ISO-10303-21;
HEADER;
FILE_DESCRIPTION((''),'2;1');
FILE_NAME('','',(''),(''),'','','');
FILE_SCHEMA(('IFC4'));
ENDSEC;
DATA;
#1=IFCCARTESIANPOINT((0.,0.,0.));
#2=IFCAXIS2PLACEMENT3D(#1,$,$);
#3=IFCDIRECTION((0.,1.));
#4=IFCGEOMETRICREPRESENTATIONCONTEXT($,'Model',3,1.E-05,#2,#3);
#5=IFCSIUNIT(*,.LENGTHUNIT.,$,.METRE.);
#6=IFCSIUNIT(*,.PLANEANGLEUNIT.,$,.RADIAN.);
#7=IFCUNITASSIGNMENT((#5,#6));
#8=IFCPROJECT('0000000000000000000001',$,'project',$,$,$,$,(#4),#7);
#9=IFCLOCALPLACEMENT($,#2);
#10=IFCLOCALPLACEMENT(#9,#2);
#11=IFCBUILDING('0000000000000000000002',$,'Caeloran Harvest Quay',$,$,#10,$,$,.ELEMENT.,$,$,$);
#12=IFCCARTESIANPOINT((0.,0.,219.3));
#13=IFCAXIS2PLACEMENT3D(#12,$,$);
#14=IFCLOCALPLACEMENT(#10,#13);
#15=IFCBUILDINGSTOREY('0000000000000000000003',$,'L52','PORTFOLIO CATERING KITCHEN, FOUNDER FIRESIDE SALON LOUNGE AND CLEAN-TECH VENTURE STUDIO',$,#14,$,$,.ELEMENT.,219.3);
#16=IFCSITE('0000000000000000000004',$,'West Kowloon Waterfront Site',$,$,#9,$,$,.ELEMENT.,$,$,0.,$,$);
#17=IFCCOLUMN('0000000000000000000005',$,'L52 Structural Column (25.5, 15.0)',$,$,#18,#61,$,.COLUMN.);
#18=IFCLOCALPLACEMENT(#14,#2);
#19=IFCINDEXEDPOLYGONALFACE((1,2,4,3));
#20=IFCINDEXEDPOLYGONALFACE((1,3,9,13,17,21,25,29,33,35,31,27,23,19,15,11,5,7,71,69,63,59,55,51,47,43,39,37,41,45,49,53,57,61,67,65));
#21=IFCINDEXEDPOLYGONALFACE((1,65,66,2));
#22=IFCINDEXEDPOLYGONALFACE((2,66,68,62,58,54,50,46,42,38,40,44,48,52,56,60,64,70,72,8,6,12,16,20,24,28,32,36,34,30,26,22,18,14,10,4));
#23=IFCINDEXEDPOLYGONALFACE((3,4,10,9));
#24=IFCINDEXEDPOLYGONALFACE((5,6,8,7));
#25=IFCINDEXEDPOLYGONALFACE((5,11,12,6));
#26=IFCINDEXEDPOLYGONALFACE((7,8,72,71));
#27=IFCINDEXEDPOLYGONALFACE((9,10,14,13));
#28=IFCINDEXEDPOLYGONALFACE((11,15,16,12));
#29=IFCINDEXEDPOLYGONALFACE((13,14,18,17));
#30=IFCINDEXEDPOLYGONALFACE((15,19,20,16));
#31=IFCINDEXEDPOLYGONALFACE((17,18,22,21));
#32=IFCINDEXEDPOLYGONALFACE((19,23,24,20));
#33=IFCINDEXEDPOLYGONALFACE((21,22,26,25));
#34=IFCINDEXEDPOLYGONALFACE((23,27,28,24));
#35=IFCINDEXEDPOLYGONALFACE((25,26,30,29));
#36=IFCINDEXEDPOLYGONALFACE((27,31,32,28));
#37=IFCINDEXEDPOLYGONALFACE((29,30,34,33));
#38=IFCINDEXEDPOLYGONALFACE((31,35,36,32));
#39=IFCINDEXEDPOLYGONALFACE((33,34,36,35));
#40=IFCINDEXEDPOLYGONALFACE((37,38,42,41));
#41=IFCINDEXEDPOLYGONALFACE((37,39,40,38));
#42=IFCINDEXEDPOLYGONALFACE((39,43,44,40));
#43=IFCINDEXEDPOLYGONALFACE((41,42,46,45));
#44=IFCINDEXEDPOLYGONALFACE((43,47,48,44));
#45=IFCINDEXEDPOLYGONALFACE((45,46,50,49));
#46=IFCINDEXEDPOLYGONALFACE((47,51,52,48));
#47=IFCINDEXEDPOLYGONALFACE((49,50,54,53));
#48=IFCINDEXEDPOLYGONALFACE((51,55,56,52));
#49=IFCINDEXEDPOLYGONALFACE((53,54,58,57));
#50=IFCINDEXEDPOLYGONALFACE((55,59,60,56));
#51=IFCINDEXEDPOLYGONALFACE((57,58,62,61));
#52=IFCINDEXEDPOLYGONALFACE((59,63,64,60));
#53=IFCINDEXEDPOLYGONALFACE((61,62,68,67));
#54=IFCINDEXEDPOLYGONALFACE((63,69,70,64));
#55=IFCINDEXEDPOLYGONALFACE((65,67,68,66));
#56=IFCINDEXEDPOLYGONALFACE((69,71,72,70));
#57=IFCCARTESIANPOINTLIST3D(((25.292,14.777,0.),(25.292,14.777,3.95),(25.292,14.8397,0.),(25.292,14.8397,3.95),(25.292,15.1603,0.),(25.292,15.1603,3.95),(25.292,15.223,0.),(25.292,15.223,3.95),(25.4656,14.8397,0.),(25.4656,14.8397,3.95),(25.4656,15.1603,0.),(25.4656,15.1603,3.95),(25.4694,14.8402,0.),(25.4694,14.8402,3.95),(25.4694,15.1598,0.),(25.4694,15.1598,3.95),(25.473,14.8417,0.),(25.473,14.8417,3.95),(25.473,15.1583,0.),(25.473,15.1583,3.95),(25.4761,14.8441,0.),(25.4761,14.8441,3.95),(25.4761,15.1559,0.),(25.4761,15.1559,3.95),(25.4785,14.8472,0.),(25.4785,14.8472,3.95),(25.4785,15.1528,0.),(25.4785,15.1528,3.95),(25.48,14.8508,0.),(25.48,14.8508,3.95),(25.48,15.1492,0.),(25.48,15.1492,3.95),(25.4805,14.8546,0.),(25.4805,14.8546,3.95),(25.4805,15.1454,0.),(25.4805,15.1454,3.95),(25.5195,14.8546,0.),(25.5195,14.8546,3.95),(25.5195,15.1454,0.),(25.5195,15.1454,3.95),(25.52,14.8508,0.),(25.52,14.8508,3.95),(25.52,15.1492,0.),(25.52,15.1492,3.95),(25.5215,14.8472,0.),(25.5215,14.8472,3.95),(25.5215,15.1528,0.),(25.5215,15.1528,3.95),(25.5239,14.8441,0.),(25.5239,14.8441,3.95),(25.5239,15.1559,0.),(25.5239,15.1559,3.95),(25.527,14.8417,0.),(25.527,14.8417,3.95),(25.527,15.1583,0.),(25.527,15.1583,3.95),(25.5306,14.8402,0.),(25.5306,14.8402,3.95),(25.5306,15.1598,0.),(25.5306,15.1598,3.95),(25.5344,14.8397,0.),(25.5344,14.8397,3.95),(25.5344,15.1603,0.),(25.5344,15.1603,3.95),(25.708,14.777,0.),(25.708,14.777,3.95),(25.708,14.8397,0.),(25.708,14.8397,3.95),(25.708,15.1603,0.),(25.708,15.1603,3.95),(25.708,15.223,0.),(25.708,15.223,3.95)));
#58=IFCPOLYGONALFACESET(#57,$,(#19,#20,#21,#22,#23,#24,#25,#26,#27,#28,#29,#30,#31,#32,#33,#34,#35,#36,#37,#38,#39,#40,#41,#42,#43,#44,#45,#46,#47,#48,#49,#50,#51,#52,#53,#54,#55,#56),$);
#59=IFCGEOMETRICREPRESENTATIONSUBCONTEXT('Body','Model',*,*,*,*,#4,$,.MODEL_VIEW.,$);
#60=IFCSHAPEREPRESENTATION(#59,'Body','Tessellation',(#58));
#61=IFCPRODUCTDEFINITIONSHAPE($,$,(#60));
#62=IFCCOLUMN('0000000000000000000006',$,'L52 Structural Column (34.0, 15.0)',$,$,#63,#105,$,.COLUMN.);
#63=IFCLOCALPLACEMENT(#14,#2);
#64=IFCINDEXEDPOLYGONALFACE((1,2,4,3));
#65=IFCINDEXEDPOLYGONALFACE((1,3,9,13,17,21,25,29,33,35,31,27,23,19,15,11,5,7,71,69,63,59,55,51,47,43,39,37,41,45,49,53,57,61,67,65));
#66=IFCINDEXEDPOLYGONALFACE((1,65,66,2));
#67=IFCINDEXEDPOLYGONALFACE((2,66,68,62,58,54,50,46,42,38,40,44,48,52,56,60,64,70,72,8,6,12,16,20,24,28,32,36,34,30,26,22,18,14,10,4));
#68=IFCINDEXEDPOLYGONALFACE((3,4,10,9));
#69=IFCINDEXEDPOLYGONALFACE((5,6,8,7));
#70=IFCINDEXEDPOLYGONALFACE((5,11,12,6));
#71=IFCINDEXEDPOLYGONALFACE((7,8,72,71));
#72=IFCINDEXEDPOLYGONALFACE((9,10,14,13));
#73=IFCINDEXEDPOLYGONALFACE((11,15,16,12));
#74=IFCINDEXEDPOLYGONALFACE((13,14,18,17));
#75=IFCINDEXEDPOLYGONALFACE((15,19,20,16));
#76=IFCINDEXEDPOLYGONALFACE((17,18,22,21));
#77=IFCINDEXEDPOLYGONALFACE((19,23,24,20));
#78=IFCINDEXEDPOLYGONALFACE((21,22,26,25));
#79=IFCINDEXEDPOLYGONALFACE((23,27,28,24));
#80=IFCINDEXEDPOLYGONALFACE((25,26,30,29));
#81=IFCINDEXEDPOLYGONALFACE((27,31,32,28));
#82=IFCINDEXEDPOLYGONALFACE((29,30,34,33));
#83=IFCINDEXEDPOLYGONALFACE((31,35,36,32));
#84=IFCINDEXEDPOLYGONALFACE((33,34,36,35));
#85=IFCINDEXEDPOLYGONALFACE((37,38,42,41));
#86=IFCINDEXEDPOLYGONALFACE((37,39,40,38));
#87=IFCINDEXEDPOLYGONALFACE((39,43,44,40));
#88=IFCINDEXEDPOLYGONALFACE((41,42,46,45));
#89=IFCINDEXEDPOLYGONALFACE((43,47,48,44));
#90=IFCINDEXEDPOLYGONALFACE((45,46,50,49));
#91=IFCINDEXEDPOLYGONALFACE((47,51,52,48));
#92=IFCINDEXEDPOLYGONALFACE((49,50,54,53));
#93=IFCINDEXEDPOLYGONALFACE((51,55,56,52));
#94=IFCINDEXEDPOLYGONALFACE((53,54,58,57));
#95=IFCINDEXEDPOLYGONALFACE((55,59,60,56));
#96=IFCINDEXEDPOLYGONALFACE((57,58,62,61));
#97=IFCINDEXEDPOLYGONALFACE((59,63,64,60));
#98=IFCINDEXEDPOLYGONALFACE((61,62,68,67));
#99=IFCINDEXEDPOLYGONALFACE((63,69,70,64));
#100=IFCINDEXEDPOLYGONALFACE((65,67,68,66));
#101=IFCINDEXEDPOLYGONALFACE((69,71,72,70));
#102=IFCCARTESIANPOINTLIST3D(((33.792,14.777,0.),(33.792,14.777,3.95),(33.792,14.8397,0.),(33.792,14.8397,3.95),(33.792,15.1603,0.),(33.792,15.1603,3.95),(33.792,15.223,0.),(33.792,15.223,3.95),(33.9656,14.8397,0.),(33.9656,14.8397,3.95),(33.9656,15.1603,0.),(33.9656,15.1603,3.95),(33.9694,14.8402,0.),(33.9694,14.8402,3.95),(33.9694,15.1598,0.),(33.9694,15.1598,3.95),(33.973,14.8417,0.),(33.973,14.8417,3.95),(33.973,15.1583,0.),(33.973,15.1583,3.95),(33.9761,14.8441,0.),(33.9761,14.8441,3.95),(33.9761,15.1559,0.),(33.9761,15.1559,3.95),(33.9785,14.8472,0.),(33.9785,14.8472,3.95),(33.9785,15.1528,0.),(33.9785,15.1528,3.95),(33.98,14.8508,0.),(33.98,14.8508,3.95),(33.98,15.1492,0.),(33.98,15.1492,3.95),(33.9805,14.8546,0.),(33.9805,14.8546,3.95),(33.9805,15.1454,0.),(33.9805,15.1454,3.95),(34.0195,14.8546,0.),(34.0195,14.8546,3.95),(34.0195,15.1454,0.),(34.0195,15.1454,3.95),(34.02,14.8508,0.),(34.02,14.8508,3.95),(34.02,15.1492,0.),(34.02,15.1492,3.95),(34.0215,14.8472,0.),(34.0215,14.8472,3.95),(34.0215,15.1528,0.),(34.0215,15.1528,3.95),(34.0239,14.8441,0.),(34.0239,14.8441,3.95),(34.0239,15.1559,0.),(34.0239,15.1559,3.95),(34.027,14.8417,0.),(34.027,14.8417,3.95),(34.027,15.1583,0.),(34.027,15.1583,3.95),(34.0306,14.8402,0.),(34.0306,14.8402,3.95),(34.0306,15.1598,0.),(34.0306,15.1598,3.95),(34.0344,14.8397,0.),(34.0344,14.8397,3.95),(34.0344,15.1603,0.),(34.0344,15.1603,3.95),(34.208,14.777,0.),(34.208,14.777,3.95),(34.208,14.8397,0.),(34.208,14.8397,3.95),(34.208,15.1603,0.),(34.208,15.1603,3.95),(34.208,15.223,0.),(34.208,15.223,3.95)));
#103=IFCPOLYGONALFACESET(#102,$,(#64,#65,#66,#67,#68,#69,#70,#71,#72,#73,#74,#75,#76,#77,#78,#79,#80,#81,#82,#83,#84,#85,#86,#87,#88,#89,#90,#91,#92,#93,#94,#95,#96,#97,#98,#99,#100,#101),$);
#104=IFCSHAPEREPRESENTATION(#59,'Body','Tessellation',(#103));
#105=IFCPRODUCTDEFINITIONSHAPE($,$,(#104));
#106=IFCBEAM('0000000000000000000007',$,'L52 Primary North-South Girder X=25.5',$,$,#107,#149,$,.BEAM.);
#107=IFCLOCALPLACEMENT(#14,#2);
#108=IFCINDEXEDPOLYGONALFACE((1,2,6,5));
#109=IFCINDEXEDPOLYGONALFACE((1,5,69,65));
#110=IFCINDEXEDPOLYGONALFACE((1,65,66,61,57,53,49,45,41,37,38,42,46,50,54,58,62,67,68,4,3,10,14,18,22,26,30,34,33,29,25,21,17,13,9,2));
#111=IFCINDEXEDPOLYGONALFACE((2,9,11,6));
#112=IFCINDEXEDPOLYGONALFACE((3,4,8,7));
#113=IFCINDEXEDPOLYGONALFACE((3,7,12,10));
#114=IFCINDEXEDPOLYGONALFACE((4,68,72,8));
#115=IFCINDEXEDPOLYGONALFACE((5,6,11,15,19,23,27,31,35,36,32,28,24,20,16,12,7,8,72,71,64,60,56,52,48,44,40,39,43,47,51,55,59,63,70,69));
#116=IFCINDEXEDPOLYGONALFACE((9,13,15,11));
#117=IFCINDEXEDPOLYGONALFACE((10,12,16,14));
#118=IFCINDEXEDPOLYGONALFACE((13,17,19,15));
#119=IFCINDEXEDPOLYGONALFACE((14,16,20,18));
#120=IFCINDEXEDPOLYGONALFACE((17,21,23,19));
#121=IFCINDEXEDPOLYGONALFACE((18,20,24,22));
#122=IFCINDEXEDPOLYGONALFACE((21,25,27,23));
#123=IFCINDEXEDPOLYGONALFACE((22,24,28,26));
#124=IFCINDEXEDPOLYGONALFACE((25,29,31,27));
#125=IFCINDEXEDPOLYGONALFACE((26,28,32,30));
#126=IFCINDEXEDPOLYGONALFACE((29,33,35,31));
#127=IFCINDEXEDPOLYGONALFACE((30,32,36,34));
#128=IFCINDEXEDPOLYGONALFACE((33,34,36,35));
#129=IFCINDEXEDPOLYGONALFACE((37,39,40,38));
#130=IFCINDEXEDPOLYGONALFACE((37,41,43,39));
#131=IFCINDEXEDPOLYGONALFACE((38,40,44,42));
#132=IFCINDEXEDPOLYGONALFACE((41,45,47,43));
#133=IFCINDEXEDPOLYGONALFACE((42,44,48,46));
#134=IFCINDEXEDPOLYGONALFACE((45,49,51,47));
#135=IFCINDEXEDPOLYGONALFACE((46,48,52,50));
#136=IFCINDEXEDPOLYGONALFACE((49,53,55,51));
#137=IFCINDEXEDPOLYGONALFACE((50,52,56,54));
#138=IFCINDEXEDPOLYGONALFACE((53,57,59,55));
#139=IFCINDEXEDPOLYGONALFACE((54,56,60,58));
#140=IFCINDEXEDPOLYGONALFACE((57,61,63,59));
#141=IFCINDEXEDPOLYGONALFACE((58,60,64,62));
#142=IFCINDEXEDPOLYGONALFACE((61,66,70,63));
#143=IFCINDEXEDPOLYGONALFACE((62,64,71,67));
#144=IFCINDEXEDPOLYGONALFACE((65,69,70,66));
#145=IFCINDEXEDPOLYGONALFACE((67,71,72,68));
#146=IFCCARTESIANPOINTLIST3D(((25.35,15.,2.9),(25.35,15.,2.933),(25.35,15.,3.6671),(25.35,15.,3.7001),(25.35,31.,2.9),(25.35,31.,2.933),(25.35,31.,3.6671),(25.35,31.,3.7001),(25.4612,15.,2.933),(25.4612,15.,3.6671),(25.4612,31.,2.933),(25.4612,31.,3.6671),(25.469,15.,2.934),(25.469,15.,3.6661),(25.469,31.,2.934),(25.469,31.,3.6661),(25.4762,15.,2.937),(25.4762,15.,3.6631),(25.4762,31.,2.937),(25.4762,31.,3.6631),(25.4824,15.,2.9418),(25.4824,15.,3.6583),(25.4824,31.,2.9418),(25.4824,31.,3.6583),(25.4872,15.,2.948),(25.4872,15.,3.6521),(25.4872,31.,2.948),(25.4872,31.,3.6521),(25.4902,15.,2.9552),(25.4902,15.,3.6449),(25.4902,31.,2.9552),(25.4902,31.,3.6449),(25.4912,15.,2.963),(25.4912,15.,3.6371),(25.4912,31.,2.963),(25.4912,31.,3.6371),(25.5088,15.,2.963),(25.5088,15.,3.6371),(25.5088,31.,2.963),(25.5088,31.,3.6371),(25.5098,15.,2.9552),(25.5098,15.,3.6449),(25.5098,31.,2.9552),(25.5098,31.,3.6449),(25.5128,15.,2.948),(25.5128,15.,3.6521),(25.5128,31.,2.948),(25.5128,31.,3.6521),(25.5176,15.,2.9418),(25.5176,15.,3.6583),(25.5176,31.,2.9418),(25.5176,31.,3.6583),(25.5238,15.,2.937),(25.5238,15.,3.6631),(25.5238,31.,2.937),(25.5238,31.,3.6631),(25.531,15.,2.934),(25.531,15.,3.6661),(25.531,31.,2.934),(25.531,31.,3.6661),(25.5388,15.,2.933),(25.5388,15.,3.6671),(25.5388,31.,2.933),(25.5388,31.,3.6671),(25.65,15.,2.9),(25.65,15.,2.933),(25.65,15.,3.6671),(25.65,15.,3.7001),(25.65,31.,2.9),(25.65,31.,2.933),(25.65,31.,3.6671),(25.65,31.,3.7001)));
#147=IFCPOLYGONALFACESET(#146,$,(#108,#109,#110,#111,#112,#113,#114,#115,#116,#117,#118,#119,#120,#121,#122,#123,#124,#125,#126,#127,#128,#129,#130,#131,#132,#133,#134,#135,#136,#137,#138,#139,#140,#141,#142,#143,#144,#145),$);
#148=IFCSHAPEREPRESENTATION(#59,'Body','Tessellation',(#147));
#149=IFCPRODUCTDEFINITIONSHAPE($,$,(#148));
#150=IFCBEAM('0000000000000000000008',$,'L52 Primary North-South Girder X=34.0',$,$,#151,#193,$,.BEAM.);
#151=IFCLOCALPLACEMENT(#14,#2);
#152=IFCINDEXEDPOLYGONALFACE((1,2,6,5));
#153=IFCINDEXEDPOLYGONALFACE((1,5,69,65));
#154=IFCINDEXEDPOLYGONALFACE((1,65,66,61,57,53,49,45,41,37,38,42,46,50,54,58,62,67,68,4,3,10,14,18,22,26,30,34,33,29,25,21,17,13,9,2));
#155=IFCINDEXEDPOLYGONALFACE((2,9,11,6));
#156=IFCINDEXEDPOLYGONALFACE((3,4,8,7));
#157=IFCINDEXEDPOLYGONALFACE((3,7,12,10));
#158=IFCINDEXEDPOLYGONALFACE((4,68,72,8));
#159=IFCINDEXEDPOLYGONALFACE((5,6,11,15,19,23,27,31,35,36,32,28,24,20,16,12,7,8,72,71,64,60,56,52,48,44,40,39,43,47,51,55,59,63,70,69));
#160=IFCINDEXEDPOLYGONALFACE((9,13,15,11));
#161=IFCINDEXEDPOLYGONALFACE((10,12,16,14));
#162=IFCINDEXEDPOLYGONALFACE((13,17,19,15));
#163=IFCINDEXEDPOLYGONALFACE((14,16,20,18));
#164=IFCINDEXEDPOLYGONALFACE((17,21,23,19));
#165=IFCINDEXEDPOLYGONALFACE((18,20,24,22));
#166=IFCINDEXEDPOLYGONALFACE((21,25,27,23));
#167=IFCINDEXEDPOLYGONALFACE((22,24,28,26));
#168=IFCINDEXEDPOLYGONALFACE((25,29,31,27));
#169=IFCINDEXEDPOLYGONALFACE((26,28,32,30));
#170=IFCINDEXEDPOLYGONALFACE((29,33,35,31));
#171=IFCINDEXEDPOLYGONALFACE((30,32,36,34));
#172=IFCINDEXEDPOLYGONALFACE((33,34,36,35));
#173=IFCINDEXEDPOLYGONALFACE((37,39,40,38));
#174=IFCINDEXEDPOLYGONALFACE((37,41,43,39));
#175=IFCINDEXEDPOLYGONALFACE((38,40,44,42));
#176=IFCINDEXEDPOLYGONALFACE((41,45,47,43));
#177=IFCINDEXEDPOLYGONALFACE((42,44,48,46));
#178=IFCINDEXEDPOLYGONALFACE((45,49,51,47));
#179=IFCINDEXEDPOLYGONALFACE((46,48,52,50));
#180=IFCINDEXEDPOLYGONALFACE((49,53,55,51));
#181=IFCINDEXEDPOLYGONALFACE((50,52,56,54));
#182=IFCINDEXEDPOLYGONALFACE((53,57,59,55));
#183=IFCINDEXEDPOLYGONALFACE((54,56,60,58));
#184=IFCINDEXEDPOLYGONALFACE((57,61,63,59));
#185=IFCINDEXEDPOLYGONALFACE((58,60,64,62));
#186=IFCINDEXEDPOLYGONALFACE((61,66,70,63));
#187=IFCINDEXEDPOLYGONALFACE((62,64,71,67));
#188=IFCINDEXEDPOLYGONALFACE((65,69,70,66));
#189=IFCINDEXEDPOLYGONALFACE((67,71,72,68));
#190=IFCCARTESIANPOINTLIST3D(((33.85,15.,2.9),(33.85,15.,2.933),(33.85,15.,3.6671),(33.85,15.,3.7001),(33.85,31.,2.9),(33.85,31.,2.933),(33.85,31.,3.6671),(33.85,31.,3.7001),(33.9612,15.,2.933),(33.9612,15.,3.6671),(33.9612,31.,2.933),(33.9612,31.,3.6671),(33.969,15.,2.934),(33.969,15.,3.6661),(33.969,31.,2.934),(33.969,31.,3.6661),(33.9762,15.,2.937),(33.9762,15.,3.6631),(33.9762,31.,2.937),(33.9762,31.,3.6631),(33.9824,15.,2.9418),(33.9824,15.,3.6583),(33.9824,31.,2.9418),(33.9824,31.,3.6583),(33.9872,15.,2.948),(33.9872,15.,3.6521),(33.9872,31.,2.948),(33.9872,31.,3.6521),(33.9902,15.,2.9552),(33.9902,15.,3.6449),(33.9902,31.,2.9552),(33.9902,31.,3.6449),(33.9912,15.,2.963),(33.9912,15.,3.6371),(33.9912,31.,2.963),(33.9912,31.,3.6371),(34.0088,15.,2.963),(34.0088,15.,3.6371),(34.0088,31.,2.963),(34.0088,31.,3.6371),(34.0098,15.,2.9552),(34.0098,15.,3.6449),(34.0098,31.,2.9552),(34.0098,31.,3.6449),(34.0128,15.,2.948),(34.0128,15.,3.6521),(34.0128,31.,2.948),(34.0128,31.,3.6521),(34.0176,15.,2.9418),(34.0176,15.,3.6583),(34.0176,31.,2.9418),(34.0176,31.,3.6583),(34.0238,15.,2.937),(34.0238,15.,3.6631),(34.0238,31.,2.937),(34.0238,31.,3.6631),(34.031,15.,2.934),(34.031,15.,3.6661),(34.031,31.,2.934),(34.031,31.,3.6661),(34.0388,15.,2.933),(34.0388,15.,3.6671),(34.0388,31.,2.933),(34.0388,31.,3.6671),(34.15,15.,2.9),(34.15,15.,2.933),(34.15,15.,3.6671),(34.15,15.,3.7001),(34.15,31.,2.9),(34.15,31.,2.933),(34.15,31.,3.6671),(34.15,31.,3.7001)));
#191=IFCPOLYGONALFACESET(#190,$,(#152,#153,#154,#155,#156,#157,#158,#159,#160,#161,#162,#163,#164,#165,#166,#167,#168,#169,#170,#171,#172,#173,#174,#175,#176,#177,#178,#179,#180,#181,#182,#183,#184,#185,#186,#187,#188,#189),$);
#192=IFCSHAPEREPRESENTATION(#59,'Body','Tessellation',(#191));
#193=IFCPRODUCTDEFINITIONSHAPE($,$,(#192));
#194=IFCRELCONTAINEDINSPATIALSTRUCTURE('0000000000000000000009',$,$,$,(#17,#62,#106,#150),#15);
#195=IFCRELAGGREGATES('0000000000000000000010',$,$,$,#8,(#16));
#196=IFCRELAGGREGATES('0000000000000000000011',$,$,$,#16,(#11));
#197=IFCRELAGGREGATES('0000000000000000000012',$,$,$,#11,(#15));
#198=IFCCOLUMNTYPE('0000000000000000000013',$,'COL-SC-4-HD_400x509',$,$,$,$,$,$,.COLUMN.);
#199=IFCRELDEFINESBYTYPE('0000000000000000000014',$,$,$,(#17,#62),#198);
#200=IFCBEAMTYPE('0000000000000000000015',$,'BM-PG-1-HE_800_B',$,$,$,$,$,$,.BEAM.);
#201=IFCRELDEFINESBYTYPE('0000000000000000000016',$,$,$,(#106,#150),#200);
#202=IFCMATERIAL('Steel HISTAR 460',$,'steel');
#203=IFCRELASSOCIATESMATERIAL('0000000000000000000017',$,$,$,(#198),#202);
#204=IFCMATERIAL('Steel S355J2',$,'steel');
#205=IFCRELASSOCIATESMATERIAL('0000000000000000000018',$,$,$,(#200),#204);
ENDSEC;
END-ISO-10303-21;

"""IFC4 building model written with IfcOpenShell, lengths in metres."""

from ifc_helpers import new_model, si_unit, direction, frame, origin, origin_2d, place, context, subcontext, project, spatial, i_section, extrude, material, material_profile, profile_set, type_object, element, save


model = new_model("IFC4")

# Units and contexts
model_context = context("Model", 3, precision=1e-05, world=origin(), true_north=direction((0.0, 1.0)))
body_context = subcontext(model_context, "Body", "Model", "MODEL_VIEW")
ifc_project = project(units=[si_unit("LENGTHUNIT", "METRE"), si_unit("PLANEANGLEUNIT", "RADIAN")], contexts=[model_context])

# Site, building, storey
site_placement = place(None, origin())
site = spatial("IfcSite", under=ifc_project, at=site_placement, Name="West Kowloon Waterfront Site", CompositionType="ELEMENT", RefElevation=0.0)
building_placement = place(site_placement, origin())
building = spatial("IfcBuilding", under=site, at=building_placement, Name="Caeloran Harvest Quay", CompositionType="ELEMENT")
storey_placement = place(building_placement, frame((0.0, 0.0, 219.3)))
storey = spatial("IfcBuildingStorey", under=building, at=storey_placement, Name="L52", Description="PORTFOLIO CATERING KITCHEN, FOUNDER FIRESIDE SALON LOUNGE AND CLEAN-TECH VENTURE STUDIO", CompositionType="ELEMENT", Elevation=219.3)

# Columns
ifc_material_1 = material(Name="Steel HISTAR 460", Category="steel")
ifc_material_profile_1 = material_profile(ifc_material_1, i_section(OverallWidth=0.416, OverallDepth=0.446, WebThickness=0.0391, FlangeThickness=0.0627, FilletRadius=0.0149, at=origin_2d()), Name="HD 400x509")
ifc_profile_set_1 = profile_set([ifc_material_profile_1], Name="Steel HISTAR 460")
column_type = type_object("IfcColumnType", Name="COL-SC-4-HD_400x509", PredefinedType="COLUMN", material=ifc_profile_set_1)
for number, where, z_axis, x_axis, name in (
    (1, (25.5, 15.0, 0.0), (0.0, 0.0, 1.0), (1.0, 0.0, 0.0), "L52 Structural Column (25.5, 15.0)"),
    (2, (34.0, 15.0, 0.0), (0.0, 0.0, 1.0), (1.0, 0.0, 0.0), "L52 Structural Column (34.0, 15.0)"),
):
    element("IfcColumn", number, at=place(storey_placement, frame(where, z_axis=z_axis, x_axis=x_axis)), inside=storey, type_object=column_type, Name=name, PredefinedType="COLUMN", context=body_context, shape_type="SweptSolid", body=[
        extrude(i_section(OverallWidth=0.416, OverallDepth=0.446, WebThickness=0.0391, FlangeThickness=0.0627, FilletRadius=0.0149, at=origin_2d()), origin(), (0.0, 0.0, 1.0), 3.95),
    ])

# Beams
ifc_material_2 = material(Name="Steel S355J2", Category="steel")
ifc_material_profile_2 = material_profile(ifc_material_2, i_section(OverallWidth=0.3, OverallDepth=0.8, WebThickness=0.0176, FlangeThickness=0.033, FilletRadius=0.03, at=origin_2d()), Name="HE 800 B")
ifc_profile_set_2 = profile_set([ifc_material_profile_2], Name="Steel S355J2")
beam_type_1 = type_object("IfcBeamType", Name="BM-PG-1-HE_800_B", PredefinedType="BEAM", material=ifc_profile_set_2)
for number, where, z_axis, x_axis, name in (
    (3, (25.5, 15.0, 3.3), (0.0, 1.0, 0.0), (-1.0, 0.0, 0.0), "L52 Primary North-South Girder X=25.5"),
    (4, (34.0, 15.0, 3.3), (0.0, 1.0, 0.0), (-1.0, 0.0, 0.0), "L52 Primary North-South Girder X=34.0"),
):
    element("IfcBeam", number, at=place(storey_placement, frame(where, z_axis=z_axis, x_axis=x_axis)), inside=storey, type_object=beam_type_1, Name=name, PredefinedType="BEAM", context=body_context, shape_type="SweptSolid", body=[
        extrude(i_section(OverallWidth=0.3, OverallDepth=0.8, WebThickness=0.0176, FlangeThickness=0.033, FilletRadius=0.03, at=origin_2d()), origin(), (0.0, 0.0, 1.0), 16.0),
    ])

save(model, "model.ifc")
